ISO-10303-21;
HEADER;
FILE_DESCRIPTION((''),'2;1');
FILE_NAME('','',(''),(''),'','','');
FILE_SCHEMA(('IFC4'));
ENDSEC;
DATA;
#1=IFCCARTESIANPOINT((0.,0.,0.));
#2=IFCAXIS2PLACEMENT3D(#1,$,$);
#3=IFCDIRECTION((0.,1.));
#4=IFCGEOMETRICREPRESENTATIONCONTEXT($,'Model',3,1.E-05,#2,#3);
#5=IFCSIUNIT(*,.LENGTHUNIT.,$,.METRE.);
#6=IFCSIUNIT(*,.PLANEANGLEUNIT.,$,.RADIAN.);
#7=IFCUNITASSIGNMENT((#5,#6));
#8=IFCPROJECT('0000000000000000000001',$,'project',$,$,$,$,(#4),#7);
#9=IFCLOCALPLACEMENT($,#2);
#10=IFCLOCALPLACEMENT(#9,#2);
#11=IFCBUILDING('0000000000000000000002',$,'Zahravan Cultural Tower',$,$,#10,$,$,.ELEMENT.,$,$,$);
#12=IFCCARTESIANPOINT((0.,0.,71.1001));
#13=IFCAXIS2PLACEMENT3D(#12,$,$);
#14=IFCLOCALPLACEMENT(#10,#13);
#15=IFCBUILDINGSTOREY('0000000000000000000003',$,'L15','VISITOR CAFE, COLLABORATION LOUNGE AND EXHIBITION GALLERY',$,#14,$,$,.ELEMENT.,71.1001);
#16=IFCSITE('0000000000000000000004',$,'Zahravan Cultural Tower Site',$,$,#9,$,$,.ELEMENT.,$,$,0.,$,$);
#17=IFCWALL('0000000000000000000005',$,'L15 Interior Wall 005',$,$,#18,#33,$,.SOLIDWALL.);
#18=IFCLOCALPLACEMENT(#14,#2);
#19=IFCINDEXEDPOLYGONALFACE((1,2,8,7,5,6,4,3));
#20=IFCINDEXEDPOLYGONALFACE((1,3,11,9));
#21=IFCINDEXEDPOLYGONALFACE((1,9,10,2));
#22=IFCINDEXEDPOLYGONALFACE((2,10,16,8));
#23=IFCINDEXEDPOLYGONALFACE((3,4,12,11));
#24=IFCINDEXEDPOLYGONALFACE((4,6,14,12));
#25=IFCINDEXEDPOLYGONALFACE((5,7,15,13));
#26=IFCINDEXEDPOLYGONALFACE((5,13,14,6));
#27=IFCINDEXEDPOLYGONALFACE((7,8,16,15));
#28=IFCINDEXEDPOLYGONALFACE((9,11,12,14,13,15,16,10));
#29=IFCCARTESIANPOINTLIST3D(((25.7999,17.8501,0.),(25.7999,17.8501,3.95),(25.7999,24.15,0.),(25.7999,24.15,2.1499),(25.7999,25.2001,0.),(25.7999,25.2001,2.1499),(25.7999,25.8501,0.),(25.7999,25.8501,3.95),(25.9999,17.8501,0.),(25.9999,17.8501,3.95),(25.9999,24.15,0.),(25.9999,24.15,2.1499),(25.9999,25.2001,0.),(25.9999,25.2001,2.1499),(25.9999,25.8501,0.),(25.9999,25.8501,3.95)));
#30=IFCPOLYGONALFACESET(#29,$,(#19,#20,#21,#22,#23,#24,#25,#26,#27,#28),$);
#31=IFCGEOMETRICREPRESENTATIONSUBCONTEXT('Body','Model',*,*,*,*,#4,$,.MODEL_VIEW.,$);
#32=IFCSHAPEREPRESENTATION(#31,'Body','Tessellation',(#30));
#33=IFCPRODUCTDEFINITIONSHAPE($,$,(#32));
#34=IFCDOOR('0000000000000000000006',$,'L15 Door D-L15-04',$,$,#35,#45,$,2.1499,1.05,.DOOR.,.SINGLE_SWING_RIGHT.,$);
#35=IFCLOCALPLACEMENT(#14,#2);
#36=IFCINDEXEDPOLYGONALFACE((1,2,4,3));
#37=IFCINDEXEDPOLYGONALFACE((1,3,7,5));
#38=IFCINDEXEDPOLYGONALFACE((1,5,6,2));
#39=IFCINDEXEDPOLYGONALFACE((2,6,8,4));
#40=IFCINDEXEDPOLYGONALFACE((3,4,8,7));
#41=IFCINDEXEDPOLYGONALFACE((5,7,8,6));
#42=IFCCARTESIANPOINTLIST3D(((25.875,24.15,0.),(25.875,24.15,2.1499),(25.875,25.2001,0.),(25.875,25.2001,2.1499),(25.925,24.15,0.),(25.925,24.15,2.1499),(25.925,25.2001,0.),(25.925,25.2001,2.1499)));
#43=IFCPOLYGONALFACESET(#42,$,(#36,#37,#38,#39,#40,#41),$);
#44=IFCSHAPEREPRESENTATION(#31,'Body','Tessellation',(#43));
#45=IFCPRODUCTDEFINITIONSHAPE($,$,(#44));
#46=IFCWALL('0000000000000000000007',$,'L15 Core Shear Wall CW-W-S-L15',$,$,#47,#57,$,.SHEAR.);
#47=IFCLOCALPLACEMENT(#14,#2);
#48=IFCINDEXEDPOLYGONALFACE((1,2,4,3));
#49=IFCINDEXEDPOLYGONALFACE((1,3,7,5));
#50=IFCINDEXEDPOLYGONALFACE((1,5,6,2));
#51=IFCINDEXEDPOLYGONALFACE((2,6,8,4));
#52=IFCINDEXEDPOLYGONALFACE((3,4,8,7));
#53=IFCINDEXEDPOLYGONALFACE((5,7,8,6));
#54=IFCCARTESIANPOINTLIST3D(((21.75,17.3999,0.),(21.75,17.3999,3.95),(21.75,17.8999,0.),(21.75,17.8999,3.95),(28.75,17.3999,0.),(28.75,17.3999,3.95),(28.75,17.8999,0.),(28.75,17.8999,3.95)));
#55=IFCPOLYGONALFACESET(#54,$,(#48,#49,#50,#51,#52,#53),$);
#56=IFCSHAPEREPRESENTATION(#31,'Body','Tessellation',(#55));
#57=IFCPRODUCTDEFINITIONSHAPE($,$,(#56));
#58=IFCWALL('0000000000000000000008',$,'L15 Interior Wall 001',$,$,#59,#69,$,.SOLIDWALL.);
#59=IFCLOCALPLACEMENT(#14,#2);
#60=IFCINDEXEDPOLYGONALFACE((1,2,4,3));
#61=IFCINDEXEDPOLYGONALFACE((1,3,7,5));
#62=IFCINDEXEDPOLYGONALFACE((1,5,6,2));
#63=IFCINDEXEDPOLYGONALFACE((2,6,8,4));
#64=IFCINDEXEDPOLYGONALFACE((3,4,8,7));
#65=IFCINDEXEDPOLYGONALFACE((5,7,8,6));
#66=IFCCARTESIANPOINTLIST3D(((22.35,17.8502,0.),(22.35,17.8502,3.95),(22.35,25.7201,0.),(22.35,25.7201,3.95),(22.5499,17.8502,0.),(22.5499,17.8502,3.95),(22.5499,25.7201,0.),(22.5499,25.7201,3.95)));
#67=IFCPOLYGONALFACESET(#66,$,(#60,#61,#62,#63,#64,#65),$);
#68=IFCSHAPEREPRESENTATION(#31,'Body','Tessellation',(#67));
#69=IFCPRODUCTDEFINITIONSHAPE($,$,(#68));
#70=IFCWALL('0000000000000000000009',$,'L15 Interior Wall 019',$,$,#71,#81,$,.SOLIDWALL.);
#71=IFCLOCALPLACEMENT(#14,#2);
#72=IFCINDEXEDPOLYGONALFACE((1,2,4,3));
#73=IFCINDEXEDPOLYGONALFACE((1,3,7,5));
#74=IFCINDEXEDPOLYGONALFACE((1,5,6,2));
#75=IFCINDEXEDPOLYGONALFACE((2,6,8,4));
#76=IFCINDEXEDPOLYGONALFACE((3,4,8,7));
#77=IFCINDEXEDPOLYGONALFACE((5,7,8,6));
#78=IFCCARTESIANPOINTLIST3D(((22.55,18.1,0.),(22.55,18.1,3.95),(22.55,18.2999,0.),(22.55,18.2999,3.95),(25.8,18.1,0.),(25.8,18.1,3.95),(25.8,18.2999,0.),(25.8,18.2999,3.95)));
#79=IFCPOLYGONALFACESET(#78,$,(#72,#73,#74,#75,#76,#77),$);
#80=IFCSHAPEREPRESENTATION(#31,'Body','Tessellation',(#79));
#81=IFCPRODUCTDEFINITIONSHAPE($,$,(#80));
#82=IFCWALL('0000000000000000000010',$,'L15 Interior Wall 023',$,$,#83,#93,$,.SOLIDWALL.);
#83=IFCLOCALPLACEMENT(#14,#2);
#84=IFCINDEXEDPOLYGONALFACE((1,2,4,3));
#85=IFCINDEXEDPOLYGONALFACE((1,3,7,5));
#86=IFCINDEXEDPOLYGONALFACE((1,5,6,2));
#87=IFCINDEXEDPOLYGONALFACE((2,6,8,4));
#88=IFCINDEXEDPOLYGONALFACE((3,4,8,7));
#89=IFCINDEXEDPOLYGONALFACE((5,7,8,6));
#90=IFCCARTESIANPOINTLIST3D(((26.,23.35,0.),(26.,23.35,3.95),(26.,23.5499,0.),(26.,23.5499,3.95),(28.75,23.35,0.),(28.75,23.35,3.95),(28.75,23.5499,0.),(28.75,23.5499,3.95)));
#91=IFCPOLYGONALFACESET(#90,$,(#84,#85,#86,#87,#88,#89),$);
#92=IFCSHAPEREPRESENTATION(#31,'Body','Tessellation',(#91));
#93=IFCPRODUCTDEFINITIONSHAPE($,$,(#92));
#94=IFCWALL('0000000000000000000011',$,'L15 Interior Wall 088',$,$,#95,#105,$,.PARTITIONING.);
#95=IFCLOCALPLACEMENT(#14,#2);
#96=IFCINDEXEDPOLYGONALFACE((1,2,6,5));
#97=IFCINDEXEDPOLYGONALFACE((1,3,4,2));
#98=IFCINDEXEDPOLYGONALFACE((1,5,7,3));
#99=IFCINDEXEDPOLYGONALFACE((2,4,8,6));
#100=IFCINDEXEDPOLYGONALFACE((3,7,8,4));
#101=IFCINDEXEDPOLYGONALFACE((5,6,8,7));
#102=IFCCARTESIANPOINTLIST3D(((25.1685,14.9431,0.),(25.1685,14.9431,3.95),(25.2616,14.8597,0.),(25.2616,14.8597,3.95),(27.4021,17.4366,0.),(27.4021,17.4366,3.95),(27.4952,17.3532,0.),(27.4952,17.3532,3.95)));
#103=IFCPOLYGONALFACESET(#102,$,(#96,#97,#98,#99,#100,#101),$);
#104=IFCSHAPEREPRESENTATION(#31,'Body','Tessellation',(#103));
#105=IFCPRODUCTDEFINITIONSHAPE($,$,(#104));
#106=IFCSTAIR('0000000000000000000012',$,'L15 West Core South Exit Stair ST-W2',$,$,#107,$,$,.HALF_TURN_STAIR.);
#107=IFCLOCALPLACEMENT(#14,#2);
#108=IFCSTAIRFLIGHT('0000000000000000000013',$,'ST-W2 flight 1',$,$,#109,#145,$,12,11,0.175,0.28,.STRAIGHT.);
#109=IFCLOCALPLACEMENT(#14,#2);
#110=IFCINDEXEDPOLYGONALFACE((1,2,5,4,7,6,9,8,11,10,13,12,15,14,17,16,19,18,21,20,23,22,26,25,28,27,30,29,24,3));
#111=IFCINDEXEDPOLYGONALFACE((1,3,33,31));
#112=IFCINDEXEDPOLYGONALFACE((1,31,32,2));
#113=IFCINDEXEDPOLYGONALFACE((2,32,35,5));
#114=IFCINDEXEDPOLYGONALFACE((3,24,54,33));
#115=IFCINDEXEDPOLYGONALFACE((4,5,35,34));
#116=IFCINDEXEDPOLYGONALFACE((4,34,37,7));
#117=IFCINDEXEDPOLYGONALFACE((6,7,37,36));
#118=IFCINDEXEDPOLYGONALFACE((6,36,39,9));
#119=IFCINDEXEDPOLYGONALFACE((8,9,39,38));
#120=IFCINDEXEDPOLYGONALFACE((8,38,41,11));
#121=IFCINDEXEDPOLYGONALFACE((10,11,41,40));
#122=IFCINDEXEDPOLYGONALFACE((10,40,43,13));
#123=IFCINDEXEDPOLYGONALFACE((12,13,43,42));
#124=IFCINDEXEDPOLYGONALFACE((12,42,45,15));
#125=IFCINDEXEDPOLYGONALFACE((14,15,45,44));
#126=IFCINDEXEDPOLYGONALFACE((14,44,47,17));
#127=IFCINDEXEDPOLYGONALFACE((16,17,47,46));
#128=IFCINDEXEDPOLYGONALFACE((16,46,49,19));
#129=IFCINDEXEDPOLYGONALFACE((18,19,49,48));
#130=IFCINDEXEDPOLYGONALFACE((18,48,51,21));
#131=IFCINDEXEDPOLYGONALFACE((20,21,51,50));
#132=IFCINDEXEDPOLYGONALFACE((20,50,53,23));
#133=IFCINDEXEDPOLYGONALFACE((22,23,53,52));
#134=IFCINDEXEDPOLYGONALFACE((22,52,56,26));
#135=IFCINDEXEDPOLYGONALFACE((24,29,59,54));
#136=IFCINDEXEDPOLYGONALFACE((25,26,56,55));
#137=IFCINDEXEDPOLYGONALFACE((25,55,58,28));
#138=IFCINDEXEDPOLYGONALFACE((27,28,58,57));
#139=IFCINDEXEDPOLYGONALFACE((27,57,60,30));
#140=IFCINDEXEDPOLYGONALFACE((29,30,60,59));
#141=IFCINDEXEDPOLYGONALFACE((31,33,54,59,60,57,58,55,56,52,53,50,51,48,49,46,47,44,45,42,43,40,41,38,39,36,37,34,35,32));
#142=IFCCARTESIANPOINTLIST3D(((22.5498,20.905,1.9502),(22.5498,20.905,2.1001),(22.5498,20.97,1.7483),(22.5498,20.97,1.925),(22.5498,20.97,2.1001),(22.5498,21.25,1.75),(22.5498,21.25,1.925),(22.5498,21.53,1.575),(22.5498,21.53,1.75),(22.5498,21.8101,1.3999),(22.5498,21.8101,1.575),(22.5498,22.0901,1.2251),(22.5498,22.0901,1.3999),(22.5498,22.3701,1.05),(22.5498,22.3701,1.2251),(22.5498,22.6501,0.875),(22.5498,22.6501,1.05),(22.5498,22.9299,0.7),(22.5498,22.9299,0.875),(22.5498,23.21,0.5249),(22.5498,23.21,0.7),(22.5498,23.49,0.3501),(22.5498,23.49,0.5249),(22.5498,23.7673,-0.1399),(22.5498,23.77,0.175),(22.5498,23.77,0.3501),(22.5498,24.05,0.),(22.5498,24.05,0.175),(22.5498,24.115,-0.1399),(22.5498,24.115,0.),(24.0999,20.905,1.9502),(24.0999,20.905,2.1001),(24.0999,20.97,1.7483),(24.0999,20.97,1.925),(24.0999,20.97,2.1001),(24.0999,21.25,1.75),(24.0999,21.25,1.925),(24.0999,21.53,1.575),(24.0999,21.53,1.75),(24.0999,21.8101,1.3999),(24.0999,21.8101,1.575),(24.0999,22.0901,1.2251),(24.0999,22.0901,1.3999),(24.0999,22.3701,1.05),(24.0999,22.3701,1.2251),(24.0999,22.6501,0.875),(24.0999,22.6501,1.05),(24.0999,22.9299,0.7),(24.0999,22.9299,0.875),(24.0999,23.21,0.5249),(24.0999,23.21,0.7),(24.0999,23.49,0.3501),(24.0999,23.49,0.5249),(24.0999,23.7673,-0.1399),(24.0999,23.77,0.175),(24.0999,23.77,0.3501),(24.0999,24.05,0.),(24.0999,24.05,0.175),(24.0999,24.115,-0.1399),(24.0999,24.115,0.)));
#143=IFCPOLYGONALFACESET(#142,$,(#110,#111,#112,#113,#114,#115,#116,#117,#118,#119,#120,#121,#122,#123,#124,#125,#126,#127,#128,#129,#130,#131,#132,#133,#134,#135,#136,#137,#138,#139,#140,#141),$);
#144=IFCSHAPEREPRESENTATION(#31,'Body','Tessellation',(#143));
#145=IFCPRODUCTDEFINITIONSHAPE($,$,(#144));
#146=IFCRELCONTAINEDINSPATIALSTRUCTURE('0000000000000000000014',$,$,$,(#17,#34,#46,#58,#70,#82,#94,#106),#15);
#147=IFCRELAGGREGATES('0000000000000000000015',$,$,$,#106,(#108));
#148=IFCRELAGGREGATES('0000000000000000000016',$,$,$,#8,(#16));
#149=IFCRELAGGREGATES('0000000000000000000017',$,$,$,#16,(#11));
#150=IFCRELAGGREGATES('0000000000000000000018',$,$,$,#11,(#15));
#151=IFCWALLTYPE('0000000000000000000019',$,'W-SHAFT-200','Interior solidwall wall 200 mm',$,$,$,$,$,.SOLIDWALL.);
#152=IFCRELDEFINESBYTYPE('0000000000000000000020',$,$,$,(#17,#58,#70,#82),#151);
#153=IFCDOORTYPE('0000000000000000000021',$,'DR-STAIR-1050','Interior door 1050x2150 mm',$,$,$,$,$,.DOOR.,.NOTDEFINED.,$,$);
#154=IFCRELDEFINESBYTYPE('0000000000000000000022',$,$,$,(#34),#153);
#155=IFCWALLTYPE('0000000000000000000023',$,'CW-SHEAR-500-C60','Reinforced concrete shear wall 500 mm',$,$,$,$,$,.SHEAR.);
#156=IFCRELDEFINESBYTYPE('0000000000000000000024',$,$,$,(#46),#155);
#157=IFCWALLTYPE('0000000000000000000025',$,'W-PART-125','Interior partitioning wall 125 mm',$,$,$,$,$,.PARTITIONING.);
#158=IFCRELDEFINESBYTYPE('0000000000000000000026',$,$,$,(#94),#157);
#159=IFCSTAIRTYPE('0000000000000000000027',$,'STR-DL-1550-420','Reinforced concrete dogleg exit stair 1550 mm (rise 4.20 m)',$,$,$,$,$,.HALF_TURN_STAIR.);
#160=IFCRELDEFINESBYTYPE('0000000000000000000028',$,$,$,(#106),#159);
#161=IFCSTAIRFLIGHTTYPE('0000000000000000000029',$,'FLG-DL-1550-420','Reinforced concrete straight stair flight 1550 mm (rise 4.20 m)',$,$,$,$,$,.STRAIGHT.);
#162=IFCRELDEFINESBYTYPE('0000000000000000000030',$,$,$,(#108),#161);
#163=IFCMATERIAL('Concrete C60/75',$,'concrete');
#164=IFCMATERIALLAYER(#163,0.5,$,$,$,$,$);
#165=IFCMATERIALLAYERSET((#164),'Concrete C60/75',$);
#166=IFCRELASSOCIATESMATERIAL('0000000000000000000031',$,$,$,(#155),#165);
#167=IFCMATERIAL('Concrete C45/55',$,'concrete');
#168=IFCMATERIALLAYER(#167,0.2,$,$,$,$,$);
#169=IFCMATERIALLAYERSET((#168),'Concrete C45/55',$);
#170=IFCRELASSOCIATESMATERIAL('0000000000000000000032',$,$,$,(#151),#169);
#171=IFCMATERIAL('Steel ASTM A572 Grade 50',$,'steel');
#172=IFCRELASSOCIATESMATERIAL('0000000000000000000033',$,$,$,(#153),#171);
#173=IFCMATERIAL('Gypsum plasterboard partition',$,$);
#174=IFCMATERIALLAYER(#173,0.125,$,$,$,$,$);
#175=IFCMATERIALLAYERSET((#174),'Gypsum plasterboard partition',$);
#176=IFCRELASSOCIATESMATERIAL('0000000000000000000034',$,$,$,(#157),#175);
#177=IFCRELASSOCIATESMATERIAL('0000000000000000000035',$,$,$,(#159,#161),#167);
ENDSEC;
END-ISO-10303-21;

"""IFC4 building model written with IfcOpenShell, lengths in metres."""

from ifc_helpers import new_model, si_unit, direction, frame, frame_2d, origin, place, context, subcontext, project, spatial, polyline, rectangle, outline, extrude, source, transform, mapped, material, layer, layer_set, type_object, element, fill, aggregate, save


model = new_model("IFC4")

# Units and contexts
model_context = context("Model", 3, precision=1e-05, world=origin(), true_north=direction((0.0, 1.0)))
body_context = subcontext(model_context, "Body", "Model", "MODEL_VIEW")
ifc_project = project(units=[si_unit("LENGTHUNIT", "METRE"), si_unit("PLANEANGLEUNIT", "RADIAN")], contexts=[model_context])

# Site, building, storey
site_placement = place(None, origin())
site = spatial("IfcSite", under=ifc_project, at=site_placement, Name="Zahravan Cultural Tower Site", CompositionType="ELEMENT", RefElevation=0.0)
building_placement = place(site_placement, origin())
building = spatial("IfcBuilding", under=site, at=building_placement, Name="Zahravan Cultural Tower", CompositionType="ELEMENT")
storey_placement = place(building_placement, frame((0.0, 0.0, 71.1001)))
storey = spatial("IfcBuildingStorey", under=building, at=storey_placement, Name="L15", Description="VISITOR CAFE, COLLABORATION LOUNGE AND EXHIBITION GALLERY", CompositionType="ELEMENT", Elevation=71.1001)

# Shared definitions
ifc_material_1 = material(Name="Concrete C60/75", Category="concrete")

# Shared definitions
ifc_layer_1 = layer(ifc_material_1, 0.5)
ifc_layer_set_1 = layer_set([ifc_layer_1], Name="Concrete C60/75")
wall_type_1 = type_object("IfcWallType", Name="CW-SHEAR-500-C60", Description="Reinforced concrete shear wall 500 mm", PredefinedType="SHEAR", material=ifc_layer_set_1)
ifc_material_2 = material(Name="Steel ASTM A572 Grade 50", Category="steel")

# Wall, opening, door
ifc_material_3 = material(Name="Concrete C45/55", Category="concrete")
ifc_layer_2 = layer(ifc_material_3, 0.2)
ifc_layer_set_2 = layer_set([ifc_layer_2], Name="Concrete C45/55")
wall_type_2 = type_object("IfcWallType", Name="W-SHAFT-200", Description="Interior solidwall wall 200 mm", PredefinedType="SOLIDWALL", material=ifc_layer_set_2)
wall_1_placement = place(storey_placement, frame((25.8999, 17.8501, 0.0), z_axis=(0.0, 0.0, 1.0), x_axis=(0.0, 1.0, 0.0)))
wall_1 = element("IfcWall", 1, at=wall_1_placement, inside=storey, type_object=wall_type_2, Name="L15 Interior Wall 005", PredefinedType="SOLIDWALL", context=body_context, shape_type="SweptSolid", body=[
    extrude(rectangle(XDim=8.0, YDim=0.2, at=frame_2d((4.0, 0.0))), origin(), (0.0, 0.0, 1.0), 3.95),
])
opening_1_placement = place(wall_1_placement, frame((6.3, 0.0, 0.0)))
opening_1 = element("IfcOpeningElement", 2, at=opening_1_placement, cuts=wall_1, PredefinedType="OPENING", context=body_context, shape_type="SweptSolid", body=[
    extrude(rectangle(XDim=1.05, YDim=2.1499, at=frame_2d((0.5249, 1.075))), frame((0.0, 0.1099, 0.0), z_axis=(0.0, -1.0, 0.0), x_axis=(1.0, 0.0, 0.0)), (0.0, 0.0, 1.0), 0.22),
])
door_type_1 = type_object("IfcDoorType", Name="DR-STAIR-1050", Description="Interior door 1050x2150 mm", OperationType="NOTDEFINED", PredefinedType="DOOR", material=ifc_material_2)
shared_shape_1 = source(origin(), body_context, "Body", "SweptSolid", [
    extrude(rectangle(XDim=1.05, YDim=2.1499, at=frame_2d((0.5249, 1.075))), frame((0.0, 0.0249, 0.0), z_axis=(0.0, -1.0, 0.0), x_axis=(1.0, 0.0, 0.0)), (0.0, 0.0, 1.0), 0.05),
])
door_1_placement = place(opening_1_placement, origin())
door_1 = element("IfcDoor", 3, at=door_1_placement, inside=storey, type_object=door_type_1, Name="L15 Door D-L15-04", OperationType="SINGLE_SWING_RIGHT", OverallHeight=2.1499, OverallWidth=1.05, PredefinedType="DOOR", context=body_context, shape_type="MappedRepresentation", body=[
    mapped(shared_shape_1, transform((0.0, 0.0, 0.0), x_axis=(1.0, 0.0, 0.0), y_axis=(0.0, 1.0, 0.0), z_axis=(0.0, 0.0, 1.0), scale=1.0)),
])
fill(opening_1, door_1)

# Walls
shared_shape_2 = source(origin(), body_context, "Body", "SweptSolid", [
    extrude(rectangle(XDim=7.0, YDim=0.5, at=frame_2d((3.5, 0.0))), origin(), (0.0, 0.0, 1.0), 3.95),
])
wall_2_placement = place(storey_placement, frame((21.75, 17.6499, 0.0), z_axis=(0.0, 0.0, 1.0), x_axis=(1.0, 0.0, 0.0)))
element("IfcWall", 4, at=wall_2_placement, inside=storey, type_object=wall_type_1, Name="L15 Core Shear Wall CW-W-S-L15", PredefinedType="SHEAR", context=body_context, shape_type="MappedRepresentation", body=[
    mapped(shared_shape_2, transform((0.0, 0.0, 0.0), x_axis=(1.0, 0.0, 0.0), y_axis=(0.0, 1.0, 0.0), z_axis=(0.0, 0.0, 1.0), scale=1.0)),
])
shared_shape_3 = source(origin(), body_context, "Body", "SweptSolid", [
    extrude(rectangle(XDim=7.8699, YDim=0.2, at=frame_2d((3.9351, 0.0))), origin(), (0.0, 0.0, 1.0), 3.95),
])
wall_3_placement = place(storey_placement, frame((22.45, 17.8501, 0.0), z_axis=(0.0, 0.0, 1.0), x_axis=(0.0, 1.0, 0.0)))
element("IfcWall", 5, at=wall_3_placement, inside=storey, type_object=wall_type_2, Name="L15 Interior Wall 001", PredefinedType="SOLIDWALL", context=body_context, shape_type="MappedRepresentation", body=[
    mapped(shared_shape_3, transform((0.0, 0.0, 0.0), x_axis=(1.0, 0.0, 0.0), y_axis=(0.0, 1.0, 0.0), z_axis=(0.0, 0.0, 1.0), scale=1.0)),
])
shared_shape_4 = source(origin(), body_context, "Body", "SweptSolid", [
    extrude(rectangle(XDim=3.25, YDim=0.2, at=frame_2d((1.625, 0.0))), origin(), (0.0, 0.0, 1.0), 3.95),
])
wall_4_placement = place(storey_placement, frame((22.55, 18.2, 0.0), z_axis=(0.0, 0.0, 1.0), x_axis=(1.0, 0.0, 0.0)))
element("IfcWall", 6, at=wall_4_placement, inside=storey, type_object=wall_type_2, Name="L15 Interior Wall 019", PredefinedType="SOLIDWALL", context=body_context, shape_type="MappedRepresentation", body=[
    mapped(shared_shape_4, transform((0.0, 0.0, 0.0), x_axis=(1.0, 0.0, 0.0), y_axis=(0.0, 1.0, 0.0), z_axis=(0.0, 0.0, 1.0), scale=1.0)),
])
shared_shape_5 = source(origin(), body_context, "Body", "SweptSolid", [
    extrude(rectangle(XDim=2.75, YDim=0.2, at=frame_2d((1.375, 0.0))), origin(), (0.0, 0.0, 1.0), 3.95),
])
wall_5_placement = place(storey_placement, frame((26.0, 23.45, 0.0), z_axis=(0.0, 0.0, 1.0), x_axis=(1.0, 0.0, 0.0)))
element("IfcWall", 7, at=wall_5_placement, inside=storey, type_object=wall_type_2, Name="L15 Interior Wall 023", PredefinedType="SOLIDWALL", context=body_context, shape_type="MappedRepresentation", body=[
    mapped(shared_shape_5, transform((0.0, 0.0, 0.0), x_axis=(1.0, 0.0, 0.0), y_axis=(0.0, 1.0, 0.0), z_axis=(0.0, 0.0, 1.0), scale=1.0)),
])
ifc_material_4 = material(Name="Gypsum plasterboard partition")
ifc_layer_3 = layer(ifc_material_4, 0.125)
ifc_layer_set_3 = layer_set([ifc_layer_3], Name="Gypsum plasterboard partition")
wall_type_3 = type_object("IfcWallType", Name="W-PART-125", Description="Interior partitioning wall 125 mm", PredefinedType="PARTITIONING", material=ifc_layer_set_3)
shared_shape_6 = source(origin(), body_context, "Body", "SweptSolid", [
    extrude(rectangle(XDim=3.3477, YDim=0.125, at=frame_2d((1.6738, 0.0))), origin(), (0.0, 0.0, 1.0), 3.95),
])
wall_6_placement = place(storey_placement, frame((25.2151, 14.9014, 0.0), z_axis=(0.0, 0.0, 1.0), x_axis=(0.667206, 0.744873, 0.0)))
element("IfcWall", 8, at=wall_6_placement, inside=storey, type_object=wall_type_3, Name="L15 Interior Wall 088", PredefinedType="PARTITIONING", context=body_context, shape_type="MappedRepresentation", body=[
    mapped(shared_shape_6, transform((0.0, 0.0, 0.0), x_axis=(1.0, 0.0, 0.0), y_axis=(0.0, 1.0, 0.0), z_axis=(0.0, 0.0, 1.0), scale=1.0)),
])

# Stair, stair flight
stair_type = type_object("IfcStairType", Name="STR-DL-1550-420", Description="Reinforced concrete dogleg exit stair 1550 mm (rise 4.20 m)", PredefinedType="HALF_TURN_STAIR", material=ifc_material_3)
stair_placement = place(storey_placement, origin())
stair = element("IfcStair", 9, at=stair_placement, inside=storey, type_object=stair_type, Name="L15 West Core South Exit Stair ST-W2", PredefinedType="HALF_TURN_STAIR")
stair_flight_type = type_object("IfcStairFlightType", Name="FLG-DL-1550-420", Description="Reinforced concrete straight stair flight 1550 mm (rise 4.20 m)", PredefinedType="STRAIGHT", material=ifc_material_3)
stair_flight_1_placement = place(storey_placement, frame((23.325, 24.05, 0.0), z_axis=(0.0, 0.0, 1.0), x_axis=(0.0, -1.0, 0.0)))
stair_flight_1 = element("IfcStairFlight", 10, at=stair_flight_1_placement, type_object=stair_flight_type, Name="ST-W2 flight 1", NumberOfRisers=12, NumberOfTreads=11, PredefinedType="STRAIGHT", RiserHeight=0.175, TreadLength=0.28, context=body_context, shape_type="SweptSolid", body=[
    extrude(outline(polyline([(-0.0649, -0.1399), (-0.0649, 0.0), (0.0, 0.0), (0.0, 0.175), (0.28, 0.175), (0.28, 0.3501), (0.5601, 0.3501), (0.5601, 0.5249), (0.8401, 0.5249), (0.8401, 0.7), (1.1201, 0.7), (1.1201, 0.875), (1.3999, 0.875), (1.3999, 1.05), (1.6799, 1.05), (1.6799, 1.2251), (1.96, 1.2251), (1.96, 1.3999), (2.24, 1.3999), (2.24, 1.575), (2.52, 1.575), (2.52, 1.75), (2.8, 1.75), (2.8, 1.925), (3.0801, 1.925), (3.0801, 2.1001), (3.145, 2.1001), (3.145, 1.9502), (3.0801, 1.7483), (0.2827, -0.1399), (-0.0649, -0.1399)])), frame((0.0, 0.7749, 0.0), z_axis=(0.0, -1.0, 0.0), x_axis=(1.0, 0.0, 0.0)), (0.0, 0.0, 1.0), 1.55),
])
aggregate(stair, [stair_flight_1])

save(model, "model.ifc")
